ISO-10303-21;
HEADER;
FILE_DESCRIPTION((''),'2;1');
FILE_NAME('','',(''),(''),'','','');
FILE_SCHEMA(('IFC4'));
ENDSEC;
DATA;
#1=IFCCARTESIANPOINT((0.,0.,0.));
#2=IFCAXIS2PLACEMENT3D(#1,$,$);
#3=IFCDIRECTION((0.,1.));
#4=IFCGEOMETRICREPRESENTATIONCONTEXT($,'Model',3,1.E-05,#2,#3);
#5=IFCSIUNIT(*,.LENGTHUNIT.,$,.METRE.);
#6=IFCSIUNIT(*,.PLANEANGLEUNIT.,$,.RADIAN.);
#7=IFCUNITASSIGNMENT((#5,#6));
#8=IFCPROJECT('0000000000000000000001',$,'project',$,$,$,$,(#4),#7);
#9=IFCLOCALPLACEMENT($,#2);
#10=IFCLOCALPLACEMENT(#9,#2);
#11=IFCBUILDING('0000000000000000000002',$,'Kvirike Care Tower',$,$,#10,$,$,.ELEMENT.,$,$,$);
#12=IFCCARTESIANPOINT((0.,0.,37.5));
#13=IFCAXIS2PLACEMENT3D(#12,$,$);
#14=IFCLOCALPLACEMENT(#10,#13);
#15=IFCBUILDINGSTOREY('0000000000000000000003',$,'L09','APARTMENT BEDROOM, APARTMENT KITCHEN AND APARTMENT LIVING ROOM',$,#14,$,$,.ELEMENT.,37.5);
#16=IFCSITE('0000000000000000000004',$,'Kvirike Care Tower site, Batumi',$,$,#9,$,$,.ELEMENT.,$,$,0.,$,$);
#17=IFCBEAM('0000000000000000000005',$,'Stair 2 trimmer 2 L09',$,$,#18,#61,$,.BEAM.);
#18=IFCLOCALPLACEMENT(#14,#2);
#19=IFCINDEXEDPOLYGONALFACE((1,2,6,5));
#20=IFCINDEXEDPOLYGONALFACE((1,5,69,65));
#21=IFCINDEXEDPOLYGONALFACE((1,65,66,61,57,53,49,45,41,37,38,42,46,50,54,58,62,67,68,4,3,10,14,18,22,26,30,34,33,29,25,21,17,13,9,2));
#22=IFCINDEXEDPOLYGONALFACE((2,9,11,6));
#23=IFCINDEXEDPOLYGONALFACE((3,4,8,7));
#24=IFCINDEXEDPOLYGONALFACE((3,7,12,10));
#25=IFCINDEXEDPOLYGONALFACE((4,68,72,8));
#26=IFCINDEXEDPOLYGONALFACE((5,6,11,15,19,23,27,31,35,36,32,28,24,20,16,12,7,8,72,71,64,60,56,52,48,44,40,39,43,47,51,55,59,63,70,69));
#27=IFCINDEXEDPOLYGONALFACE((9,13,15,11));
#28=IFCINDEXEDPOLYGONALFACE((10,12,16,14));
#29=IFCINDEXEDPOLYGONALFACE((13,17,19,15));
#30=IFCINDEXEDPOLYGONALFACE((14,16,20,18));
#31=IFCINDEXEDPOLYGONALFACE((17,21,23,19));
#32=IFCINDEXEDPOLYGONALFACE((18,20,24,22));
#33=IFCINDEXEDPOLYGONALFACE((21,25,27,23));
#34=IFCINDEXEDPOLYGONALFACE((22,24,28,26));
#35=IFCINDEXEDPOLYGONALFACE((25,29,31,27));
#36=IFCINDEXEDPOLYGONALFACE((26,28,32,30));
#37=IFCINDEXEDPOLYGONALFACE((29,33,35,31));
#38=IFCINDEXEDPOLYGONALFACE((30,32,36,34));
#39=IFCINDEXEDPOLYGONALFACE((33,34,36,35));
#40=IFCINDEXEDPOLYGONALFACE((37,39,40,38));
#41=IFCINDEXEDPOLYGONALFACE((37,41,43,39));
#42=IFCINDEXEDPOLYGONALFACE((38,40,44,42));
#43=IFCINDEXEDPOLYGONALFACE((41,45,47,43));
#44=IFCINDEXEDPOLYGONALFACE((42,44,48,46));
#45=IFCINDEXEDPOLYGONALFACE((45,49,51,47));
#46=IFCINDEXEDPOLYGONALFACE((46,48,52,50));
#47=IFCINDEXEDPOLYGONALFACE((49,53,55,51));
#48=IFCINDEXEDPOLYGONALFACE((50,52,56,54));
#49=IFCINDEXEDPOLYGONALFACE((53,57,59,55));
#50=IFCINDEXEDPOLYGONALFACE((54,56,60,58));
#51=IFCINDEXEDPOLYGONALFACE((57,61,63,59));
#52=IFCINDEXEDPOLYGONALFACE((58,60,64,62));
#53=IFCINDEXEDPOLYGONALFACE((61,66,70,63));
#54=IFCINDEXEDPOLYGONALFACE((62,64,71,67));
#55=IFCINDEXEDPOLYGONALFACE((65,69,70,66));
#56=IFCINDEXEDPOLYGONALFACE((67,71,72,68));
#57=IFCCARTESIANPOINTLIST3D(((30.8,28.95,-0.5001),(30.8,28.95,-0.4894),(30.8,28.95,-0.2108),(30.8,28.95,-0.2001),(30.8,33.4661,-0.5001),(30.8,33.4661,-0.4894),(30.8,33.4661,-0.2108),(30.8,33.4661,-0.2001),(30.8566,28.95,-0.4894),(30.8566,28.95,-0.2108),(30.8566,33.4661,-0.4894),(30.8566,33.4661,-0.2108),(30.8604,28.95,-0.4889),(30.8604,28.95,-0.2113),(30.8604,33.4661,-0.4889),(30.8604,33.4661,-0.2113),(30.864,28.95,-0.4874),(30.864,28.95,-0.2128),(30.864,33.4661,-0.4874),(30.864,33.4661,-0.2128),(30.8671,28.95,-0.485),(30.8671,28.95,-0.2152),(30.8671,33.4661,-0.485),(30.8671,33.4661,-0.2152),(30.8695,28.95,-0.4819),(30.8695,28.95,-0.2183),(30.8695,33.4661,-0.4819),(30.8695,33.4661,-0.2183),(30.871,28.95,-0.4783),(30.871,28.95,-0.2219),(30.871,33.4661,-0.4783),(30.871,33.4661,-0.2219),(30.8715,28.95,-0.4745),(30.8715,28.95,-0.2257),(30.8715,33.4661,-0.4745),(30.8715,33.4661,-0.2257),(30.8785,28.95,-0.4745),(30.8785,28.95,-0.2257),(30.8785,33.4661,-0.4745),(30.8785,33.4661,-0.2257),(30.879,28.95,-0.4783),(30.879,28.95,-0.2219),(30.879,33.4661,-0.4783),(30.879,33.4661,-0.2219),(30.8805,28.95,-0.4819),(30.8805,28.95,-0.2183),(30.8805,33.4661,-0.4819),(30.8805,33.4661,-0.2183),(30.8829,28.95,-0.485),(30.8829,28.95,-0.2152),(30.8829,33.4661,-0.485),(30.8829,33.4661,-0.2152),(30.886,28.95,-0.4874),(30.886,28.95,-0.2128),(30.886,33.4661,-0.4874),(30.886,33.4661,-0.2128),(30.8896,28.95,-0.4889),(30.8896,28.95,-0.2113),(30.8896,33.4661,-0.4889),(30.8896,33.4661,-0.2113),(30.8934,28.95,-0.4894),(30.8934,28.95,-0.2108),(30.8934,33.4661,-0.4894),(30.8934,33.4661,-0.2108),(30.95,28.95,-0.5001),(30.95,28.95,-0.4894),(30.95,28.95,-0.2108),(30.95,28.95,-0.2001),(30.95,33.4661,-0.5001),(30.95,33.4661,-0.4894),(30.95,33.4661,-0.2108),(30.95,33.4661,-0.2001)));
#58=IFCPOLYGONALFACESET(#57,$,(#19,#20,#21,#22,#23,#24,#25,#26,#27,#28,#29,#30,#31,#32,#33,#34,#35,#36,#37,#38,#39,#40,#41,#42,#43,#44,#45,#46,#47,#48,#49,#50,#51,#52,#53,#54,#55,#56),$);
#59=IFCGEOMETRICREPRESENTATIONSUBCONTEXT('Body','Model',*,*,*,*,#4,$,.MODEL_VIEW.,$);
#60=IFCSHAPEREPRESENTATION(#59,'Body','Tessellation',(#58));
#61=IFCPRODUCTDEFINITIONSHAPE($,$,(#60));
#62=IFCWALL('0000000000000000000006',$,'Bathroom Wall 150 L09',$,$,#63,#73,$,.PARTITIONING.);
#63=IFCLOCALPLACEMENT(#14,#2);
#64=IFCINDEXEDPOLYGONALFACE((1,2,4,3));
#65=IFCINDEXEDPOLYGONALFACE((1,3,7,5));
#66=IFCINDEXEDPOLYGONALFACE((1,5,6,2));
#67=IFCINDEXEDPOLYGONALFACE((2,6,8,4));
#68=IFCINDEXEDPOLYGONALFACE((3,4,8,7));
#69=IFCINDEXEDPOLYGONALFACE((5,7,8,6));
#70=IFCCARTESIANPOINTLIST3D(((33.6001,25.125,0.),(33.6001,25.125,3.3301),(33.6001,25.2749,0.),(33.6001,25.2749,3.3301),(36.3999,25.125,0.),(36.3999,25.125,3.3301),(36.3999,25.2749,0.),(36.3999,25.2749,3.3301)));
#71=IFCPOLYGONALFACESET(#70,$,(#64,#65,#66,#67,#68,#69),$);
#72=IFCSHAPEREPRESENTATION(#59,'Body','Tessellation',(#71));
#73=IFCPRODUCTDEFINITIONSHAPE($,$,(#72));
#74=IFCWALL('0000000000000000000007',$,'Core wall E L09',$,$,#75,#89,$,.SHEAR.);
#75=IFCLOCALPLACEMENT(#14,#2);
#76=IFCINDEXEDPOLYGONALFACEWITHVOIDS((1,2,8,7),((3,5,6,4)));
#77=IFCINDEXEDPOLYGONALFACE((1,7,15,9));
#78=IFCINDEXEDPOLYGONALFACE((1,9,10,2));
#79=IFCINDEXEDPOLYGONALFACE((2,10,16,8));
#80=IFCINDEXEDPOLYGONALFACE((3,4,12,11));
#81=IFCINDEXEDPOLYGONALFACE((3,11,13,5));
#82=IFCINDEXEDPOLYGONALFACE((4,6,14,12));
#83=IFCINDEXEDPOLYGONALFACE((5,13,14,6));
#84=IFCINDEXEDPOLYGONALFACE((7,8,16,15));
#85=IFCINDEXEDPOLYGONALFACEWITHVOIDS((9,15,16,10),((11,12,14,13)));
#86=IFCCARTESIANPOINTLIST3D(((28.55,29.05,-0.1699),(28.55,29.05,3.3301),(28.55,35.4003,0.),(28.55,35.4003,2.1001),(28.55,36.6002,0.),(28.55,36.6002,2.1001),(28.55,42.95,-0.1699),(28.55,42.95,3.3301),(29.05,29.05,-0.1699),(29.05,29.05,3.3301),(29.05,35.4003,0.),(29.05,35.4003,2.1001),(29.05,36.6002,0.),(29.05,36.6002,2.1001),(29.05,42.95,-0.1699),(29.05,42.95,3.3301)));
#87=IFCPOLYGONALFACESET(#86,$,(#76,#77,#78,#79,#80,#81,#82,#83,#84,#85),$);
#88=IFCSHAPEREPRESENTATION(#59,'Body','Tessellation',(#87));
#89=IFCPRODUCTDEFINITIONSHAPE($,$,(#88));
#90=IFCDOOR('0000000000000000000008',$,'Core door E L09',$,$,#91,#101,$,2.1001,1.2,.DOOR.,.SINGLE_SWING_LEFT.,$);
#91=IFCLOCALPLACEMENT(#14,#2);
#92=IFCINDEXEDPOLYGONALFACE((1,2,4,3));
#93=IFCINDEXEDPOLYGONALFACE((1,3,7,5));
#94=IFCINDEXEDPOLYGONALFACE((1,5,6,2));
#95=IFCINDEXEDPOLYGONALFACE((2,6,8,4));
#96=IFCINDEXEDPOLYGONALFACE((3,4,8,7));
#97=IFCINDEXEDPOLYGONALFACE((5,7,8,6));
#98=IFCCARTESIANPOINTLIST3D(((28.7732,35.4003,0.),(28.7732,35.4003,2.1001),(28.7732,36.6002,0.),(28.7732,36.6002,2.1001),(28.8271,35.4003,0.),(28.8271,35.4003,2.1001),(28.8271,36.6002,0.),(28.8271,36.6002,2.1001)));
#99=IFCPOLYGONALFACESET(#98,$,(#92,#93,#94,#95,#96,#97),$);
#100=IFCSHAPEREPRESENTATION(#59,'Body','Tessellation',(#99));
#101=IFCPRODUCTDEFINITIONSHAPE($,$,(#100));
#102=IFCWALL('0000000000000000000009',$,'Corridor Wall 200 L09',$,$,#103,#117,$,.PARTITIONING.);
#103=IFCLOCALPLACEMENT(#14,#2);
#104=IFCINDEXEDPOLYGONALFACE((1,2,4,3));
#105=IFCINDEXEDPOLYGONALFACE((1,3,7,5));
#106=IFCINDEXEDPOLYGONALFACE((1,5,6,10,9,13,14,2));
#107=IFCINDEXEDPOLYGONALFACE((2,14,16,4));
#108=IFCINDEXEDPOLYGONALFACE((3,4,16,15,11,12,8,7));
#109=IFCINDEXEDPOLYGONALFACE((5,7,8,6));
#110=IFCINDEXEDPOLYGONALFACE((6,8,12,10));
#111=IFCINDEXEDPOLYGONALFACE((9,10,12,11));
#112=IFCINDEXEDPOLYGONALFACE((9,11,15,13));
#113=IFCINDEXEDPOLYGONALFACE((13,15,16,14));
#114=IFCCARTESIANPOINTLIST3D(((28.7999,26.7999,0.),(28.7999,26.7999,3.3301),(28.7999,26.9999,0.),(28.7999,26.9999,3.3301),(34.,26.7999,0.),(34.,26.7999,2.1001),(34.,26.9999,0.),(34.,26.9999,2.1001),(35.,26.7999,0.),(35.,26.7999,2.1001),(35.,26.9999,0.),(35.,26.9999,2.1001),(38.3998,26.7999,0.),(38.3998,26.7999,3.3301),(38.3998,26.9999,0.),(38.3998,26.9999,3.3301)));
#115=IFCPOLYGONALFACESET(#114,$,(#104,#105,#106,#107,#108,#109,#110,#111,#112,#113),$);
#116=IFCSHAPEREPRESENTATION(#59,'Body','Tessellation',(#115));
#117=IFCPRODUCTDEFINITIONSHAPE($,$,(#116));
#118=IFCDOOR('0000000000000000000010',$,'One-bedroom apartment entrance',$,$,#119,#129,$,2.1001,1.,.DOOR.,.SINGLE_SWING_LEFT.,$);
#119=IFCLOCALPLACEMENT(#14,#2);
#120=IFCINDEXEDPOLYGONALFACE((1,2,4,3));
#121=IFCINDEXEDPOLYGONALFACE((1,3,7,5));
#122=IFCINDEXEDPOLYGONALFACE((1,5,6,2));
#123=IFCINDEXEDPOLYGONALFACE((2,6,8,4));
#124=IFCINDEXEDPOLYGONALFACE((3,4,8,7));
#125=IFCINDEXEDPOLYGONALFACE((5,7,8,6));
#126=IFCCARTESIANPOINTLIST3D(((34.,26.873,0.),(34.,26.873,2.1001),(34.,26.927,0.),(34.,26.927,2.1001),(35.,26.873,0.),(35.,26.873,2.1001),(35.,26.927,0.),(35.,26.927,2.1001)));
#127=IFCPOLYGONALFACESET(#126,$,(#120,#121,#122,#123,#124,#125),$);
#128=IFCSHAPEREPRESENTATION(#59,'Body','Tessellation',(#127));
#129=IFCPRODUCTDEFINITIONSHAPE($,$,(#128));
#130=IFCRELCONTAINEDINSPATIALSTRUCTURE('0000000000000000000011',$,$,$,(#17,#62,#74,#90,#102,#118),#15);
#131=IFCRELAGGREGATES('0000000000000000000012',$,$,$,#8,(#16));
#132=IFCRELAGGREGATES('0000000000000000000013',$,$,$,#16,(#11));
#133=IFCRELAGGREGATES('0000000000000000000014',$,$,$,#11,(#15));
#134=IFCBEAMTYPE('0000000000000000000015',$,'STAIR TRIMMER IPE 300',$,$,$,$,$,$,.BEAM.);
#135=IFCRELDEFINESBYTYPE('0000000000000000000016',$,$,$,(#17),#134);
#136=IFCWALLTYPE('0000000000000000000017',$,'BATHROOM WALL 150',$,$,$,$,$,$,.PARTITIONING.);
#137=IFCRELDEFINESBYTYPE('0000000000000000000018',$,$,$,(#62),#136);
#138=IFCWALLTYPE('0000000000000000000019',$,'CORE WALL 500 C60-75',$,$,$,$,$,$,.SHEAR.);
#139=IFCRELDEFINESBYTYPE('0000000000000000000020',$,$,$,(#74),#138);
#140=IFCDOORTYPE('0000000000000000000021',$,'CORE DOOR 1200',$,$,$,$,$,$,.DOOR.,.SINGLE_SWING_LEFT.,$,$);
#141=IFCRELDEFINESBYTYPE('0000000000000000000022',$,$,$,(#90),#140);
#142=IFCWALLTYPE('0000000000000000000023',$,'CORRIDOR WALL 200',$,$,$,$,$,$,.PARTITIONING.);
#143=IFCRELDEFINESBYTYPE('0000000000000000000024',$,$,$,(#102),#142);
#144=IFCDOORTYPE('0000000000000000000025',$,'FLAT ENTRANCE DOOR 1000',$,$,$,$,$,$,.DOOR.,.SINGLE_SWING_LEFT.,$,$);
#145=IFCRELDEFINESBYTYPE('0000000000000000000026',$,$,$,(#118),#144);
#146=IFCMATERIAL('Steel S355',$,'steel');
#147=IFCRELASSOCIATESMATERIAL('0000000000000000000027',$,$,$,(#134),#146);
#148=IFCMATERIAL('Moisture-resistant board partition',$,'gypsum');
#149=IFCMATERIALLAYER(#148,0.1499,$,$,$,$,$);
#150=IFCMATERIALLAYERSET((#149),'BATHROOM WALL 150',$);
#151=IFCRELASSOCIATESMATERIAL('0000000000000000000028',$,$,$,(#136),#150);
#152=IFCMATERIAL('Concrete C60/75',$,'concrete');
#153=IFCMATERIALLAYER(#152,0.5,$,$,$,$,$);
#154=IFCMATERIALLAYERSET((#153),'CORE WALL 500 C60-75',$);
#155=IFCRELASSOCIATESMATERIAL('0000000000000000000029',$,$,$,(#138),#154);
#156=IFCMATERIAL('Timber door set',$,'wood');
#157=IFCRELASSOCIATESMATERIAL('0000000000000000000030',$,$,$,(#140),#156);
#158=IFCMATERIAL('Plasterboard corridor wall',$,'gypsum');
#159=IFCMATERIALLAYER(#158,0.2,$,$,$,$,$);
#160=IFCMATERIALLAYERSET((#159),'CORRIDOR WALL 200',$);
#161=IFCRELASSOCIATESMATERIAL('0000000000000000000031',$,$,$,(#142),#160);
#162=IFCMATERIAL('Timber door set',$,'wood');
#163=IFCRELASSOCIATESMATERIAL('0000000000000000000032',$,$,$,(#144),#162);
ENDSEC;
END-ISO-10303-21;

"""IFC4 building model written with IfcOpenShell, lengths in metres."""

from ifc_helpers import new_model, si_unit, direction, frame, frame_2d, origin, origin_2d, place, context, subcontext, project, spatial, rectangle, i_section, extrude, material, layer, layer_set, material_profile, profile_set, type_object, element, fill, save


model = new_model("IFC4")

# Units and contexts
model_context = context("Model", 3, precision=1e-05, world=origin(), true_north=direction((0.0, 1.0)))
body_context = subcontext(model_context, "Body", "Model", "MODEL_VIEW")
ifc_project = project(units=[si_unit("LENGTHUNIT", "METRE"), si_unit("PLANEANGLEUNIT", "RADIAN")], contexts=[model_context])

# Site, building, storey
site_placement = place(None, origin())
site = spatial("IfcSite", under=ifc_project, at=site_placement, Name="Kvirike Care Tower site, Batumi", CompositionType="ELEMENT", RefElevation=0.0)
building_placement = place(site_placement, origin())
building = spatial("IfcBuilding", under=site, at=building_placement, Name="Kvirike Care Tower", CompositionType="ELEMENT")
storey_placement = place(building_placement, frame((0.0, 0.0, 37.5)))
storey = spatial("IfcBuildingStorey", under=building, at=storey_placement, Name="L09", Description="APARTMENT BEDROOM, APARTMENT KITCHEN AND APARTMENT LIVING ROOM", CompositionType="ELEMENT", Elevation=37.5)

# Beam
ifc_material_1 = material(Name="Steel S355", Category="steel")
ifc_material_profile_1 = material_profile(ifc_material_1, i_section(OverallWidth=0.1499, OverallDepth=0.3, WebThickness=0.0071, FlangeThickness=0.0107, FilletRadius=0.0149, at=origin_2d()), Name="IPE 300")
ifc_profile_set_1 = profile_set([ifc_material_profile_1], Name="Steel S355")
beam_type_1 = type_object("IfcBeamType", Name="STAIR TRIMMER IPE 300", PredefinedType="BEAM", material=ifc_profile_set_1)
for number, where, z_axis, x_axis, name in (
    (1, (30.875, 28.95, -0.3501), (0.0, 1.0, 0.0), (-1.0, 0.0, 0.0), "Stair 2 trimmer 2 L09"),
):
    element("IfcBeam", number, at=place(storey_placement, frame(where, z_axis=z_axis, x_axis=x_axis)), inside=storey, type_object=beam_type_1, Name=name, PredefinedType="BEAM", context=body_context, shape_type="SweptSolid", body=[
        extrude(i_section(OverallWidth=0.1499, OverallDepth=0.3, WebThickness=0.0071, FlangeThickness=0.0107, FilletRadius=0.0149, at=origin_2d()), origin(), (0.0, 0.0, 1.0), 4.5161),
    ])

# Wall
ifc_material_2 = material(Name="Moisture-resistant board partition", Category="gypsum")
ifc_layer_1 = layer(ifc_material_2, 0.1499)
ifc_layer_set_1 = layer_set([ifc_layer_1], Name="BATHROOM WALL 150")
wall_type_1 = type_object("IfcWallType", Name="BATHROOM WALL 150", PredefinedType="PARTITIONING", material=ifc_layer_set_1)
wall_1_placement = place(storey_placement, frame((33.6001, 25.2, 0.0), z_axis=(0.0, 0.0, 1.0), x_axis=(1.0, 0.0, 0.0)))
element("IfcWall", 2, at=wall_1_placement, inside=storey, type_object=wall_type_1, Name="Bathroom Wall 150 L09", PredefinedType="PARTITIONING", context=body_context, shape_type="SweptSolid", body=[
    extrude(rectangle(XDim=2.7998, YDim=0.1499, at=frame_2d((1.3999, 0.0))), origin(), (0.0, 0.0, 1.0), 3.3301),
])

# Walls, openings, doors
ifc_material_3 = material(Name="Concrete C60/75", Category="concrete")
ifc_layer_2 = layer(ifc_material_3, 0.5)
ifc_layer_set_2 = layer_set([ifc_layer_2], Name="CORE WALL 500 C60-75")
wall_type_2 = type_object("IfcWallType", Name="CORE WALL 500 C60-75", PredefinedType="SHEAR", material=ifc_layer_set_2)
wall_2_placement = place(storey_placement, frame((28.8, 29.05, -0.1699), z_axis=(0.0, 0.0, 1.0), x_axis=(0.0, 1.0, 0.0)))
wall_2 = element("IfcWall", 3, at=wall_2_placement, inside=storey, type_object=wall_type_2, Name="Core wall E L09", PredefinedType="SHEAR", context=body_context, shape_type="SweptSolid", body=[
    extrude(rectangle(XDim=13.8999, YDim=0.5, at=frame_2d((6.95, 0.0))), origin(), (0.0, 0.0, 1.0), 3.5),
])
opening_1_placement = place(wall_2_placement, frame((6.3501, 0.0, 0.1699)))
opening_1 = element("IfcOpeningElement", 4, at=opening_1_placement, cuts=wall_2, PredefinedType="OPENING", context=body_context, shape_type="SweptSolid", body=[
    extrude(rectangle(XDim=1.2, YDim=2.1001, at=frame_2d((0.6001, 1.05))), frame((0.0, 0.2605, 0.0), z_axis=(0.0, -1.0, 0.0), x_axis=(1.0, 0.0, 0.0)), (0.0, 0.0, 1.0), 0.521),
])
ifc_material_4 = material(Name="Timber door set", Category="wood")
door_type_1 = type_object("IfcDoorType", Name="CORE DOOR 1200", OperationType="SINGLE_SWING_LEFT", PredefinedType="DOOR", material=ifc_material_4)
door_1_placement = place(opening_1_placement, origin())
door_1 = element("IfcDoor", 5, at=door_1_placement, inside=storey, type_object=door_type_1, Name="Core door E L09", OperationType="SINGLE_SWING_LEFT", OverallHeight=2.1001, OverallWidth=1.2, PredefinedType="DOOR", context=body_context, shape_type="SweptSolid", body=[
    extrude(rectangle(XDim=1.2, YDim=2.1001, at=frame_2d((0.6001, 1.05))), frame((0.0, 0.0269, 0.0), z_axis=(0.0, -1.0, 0.0), x_axis=(1.0, 0.0, 0.0)), (0.0, 0.0, 1.0), 0.054),
])
fill(opening_1, door_1)
ifc_material_5 = material(Name="Plasterboard corridor wall", Category="gypsum")
ifc_layer_3 = layer(ifc_material_5, 0.2)
ifc_layer_set_3 = layer_set([ifc_layer_3], Name="CORRIDOR WALL 200")
wall_type_3 = type_object("IfcWallType", Name="CORRIDOR WALL 200", PredefinedType="PARTITIONING", material=ifc_layer_set_3)
wall_3_placement = place(storey_placement, frame((28.8, 26.8999, 0.0), z_axis=(0.0, 0.0, 1.0), x_axis=(1.0, 0.0, 0.0)))
wall_3 = element("IfcWall", 6, at=wall_3_placement, inside=storey, type_object=wall_type_3, Name="Corridor Wall 200 L09", PredefinedType="PARTITIONING", context=body_context, shape_type="SweptSolid", body=[
    extrude(rectangle(XDim=9.5999, YDim=0.2, at=frame_2d((4.7998, 0.0))), origin(), (0.0, 0.0, 1.0), 3.3301),
])
opening_2_placement = place(wall_3_placement, frame((5.2, 0.0, 0.0)))
opening_2 = element("IfcOpeningElement", 7, at=opening_2_placement, cuts=wall_3, PredefinedType="OPENING", context=body_context, shape_type="SweptSolid", body=[
    extrude(rectangle(XDim=1.0, YDim=2.1001, at=frame_2d((0.5, 1.05))), frame((0.0, 0.1106, 0.0), z_axis=(0.0, -1.0, 0.0), x_axis=(1.0, 0.0, 0.0)), (0.0, 0.0, 1.0), 0.2209),
])
ifc_material_6 = material(Name="Timber door set", Category="wood")
door_type_2 = type_object("IfcDoorType", Name="FLAT ENTRANCE DOOR 1000", OperationType="SINGLE_SWING_LEFT", PredefinedType="DOOR", material=ifc_material_6)
door_2_placement = place(opening_2_placement, frame((1.0, 0.0, 0.0), z_axis=(0.0, 0.0, 1.0), x_axis=(-1.0, 0.0, 0.0)))
door_2 = element("IfcDoor", 8, at=door_2_placement, inside=storey, type_object=door_type_2, Name="One-bedroom apartment entrance", OperationType="SINGLE_SWING_LEFT", OverallHeight=2.1001, OverallWidth=1.0, PredefinedType="DOOR", context=body_context, shape_type="SweptSolid", body=[
    extrude(rectangle(XDim=1.0, YDim=2.1001, at=frame_2d((0.5, 1.05))), frame((0.0, 0.0269, 0.0), z_axis=(0.0, -1.0, 0.0), x_axis=(1.0, 0.0, 0.0)), (0.0, 0.0, 1.0), 0.054),
])
fill(opening_2, door_2)

save(model, "model.ifc")
